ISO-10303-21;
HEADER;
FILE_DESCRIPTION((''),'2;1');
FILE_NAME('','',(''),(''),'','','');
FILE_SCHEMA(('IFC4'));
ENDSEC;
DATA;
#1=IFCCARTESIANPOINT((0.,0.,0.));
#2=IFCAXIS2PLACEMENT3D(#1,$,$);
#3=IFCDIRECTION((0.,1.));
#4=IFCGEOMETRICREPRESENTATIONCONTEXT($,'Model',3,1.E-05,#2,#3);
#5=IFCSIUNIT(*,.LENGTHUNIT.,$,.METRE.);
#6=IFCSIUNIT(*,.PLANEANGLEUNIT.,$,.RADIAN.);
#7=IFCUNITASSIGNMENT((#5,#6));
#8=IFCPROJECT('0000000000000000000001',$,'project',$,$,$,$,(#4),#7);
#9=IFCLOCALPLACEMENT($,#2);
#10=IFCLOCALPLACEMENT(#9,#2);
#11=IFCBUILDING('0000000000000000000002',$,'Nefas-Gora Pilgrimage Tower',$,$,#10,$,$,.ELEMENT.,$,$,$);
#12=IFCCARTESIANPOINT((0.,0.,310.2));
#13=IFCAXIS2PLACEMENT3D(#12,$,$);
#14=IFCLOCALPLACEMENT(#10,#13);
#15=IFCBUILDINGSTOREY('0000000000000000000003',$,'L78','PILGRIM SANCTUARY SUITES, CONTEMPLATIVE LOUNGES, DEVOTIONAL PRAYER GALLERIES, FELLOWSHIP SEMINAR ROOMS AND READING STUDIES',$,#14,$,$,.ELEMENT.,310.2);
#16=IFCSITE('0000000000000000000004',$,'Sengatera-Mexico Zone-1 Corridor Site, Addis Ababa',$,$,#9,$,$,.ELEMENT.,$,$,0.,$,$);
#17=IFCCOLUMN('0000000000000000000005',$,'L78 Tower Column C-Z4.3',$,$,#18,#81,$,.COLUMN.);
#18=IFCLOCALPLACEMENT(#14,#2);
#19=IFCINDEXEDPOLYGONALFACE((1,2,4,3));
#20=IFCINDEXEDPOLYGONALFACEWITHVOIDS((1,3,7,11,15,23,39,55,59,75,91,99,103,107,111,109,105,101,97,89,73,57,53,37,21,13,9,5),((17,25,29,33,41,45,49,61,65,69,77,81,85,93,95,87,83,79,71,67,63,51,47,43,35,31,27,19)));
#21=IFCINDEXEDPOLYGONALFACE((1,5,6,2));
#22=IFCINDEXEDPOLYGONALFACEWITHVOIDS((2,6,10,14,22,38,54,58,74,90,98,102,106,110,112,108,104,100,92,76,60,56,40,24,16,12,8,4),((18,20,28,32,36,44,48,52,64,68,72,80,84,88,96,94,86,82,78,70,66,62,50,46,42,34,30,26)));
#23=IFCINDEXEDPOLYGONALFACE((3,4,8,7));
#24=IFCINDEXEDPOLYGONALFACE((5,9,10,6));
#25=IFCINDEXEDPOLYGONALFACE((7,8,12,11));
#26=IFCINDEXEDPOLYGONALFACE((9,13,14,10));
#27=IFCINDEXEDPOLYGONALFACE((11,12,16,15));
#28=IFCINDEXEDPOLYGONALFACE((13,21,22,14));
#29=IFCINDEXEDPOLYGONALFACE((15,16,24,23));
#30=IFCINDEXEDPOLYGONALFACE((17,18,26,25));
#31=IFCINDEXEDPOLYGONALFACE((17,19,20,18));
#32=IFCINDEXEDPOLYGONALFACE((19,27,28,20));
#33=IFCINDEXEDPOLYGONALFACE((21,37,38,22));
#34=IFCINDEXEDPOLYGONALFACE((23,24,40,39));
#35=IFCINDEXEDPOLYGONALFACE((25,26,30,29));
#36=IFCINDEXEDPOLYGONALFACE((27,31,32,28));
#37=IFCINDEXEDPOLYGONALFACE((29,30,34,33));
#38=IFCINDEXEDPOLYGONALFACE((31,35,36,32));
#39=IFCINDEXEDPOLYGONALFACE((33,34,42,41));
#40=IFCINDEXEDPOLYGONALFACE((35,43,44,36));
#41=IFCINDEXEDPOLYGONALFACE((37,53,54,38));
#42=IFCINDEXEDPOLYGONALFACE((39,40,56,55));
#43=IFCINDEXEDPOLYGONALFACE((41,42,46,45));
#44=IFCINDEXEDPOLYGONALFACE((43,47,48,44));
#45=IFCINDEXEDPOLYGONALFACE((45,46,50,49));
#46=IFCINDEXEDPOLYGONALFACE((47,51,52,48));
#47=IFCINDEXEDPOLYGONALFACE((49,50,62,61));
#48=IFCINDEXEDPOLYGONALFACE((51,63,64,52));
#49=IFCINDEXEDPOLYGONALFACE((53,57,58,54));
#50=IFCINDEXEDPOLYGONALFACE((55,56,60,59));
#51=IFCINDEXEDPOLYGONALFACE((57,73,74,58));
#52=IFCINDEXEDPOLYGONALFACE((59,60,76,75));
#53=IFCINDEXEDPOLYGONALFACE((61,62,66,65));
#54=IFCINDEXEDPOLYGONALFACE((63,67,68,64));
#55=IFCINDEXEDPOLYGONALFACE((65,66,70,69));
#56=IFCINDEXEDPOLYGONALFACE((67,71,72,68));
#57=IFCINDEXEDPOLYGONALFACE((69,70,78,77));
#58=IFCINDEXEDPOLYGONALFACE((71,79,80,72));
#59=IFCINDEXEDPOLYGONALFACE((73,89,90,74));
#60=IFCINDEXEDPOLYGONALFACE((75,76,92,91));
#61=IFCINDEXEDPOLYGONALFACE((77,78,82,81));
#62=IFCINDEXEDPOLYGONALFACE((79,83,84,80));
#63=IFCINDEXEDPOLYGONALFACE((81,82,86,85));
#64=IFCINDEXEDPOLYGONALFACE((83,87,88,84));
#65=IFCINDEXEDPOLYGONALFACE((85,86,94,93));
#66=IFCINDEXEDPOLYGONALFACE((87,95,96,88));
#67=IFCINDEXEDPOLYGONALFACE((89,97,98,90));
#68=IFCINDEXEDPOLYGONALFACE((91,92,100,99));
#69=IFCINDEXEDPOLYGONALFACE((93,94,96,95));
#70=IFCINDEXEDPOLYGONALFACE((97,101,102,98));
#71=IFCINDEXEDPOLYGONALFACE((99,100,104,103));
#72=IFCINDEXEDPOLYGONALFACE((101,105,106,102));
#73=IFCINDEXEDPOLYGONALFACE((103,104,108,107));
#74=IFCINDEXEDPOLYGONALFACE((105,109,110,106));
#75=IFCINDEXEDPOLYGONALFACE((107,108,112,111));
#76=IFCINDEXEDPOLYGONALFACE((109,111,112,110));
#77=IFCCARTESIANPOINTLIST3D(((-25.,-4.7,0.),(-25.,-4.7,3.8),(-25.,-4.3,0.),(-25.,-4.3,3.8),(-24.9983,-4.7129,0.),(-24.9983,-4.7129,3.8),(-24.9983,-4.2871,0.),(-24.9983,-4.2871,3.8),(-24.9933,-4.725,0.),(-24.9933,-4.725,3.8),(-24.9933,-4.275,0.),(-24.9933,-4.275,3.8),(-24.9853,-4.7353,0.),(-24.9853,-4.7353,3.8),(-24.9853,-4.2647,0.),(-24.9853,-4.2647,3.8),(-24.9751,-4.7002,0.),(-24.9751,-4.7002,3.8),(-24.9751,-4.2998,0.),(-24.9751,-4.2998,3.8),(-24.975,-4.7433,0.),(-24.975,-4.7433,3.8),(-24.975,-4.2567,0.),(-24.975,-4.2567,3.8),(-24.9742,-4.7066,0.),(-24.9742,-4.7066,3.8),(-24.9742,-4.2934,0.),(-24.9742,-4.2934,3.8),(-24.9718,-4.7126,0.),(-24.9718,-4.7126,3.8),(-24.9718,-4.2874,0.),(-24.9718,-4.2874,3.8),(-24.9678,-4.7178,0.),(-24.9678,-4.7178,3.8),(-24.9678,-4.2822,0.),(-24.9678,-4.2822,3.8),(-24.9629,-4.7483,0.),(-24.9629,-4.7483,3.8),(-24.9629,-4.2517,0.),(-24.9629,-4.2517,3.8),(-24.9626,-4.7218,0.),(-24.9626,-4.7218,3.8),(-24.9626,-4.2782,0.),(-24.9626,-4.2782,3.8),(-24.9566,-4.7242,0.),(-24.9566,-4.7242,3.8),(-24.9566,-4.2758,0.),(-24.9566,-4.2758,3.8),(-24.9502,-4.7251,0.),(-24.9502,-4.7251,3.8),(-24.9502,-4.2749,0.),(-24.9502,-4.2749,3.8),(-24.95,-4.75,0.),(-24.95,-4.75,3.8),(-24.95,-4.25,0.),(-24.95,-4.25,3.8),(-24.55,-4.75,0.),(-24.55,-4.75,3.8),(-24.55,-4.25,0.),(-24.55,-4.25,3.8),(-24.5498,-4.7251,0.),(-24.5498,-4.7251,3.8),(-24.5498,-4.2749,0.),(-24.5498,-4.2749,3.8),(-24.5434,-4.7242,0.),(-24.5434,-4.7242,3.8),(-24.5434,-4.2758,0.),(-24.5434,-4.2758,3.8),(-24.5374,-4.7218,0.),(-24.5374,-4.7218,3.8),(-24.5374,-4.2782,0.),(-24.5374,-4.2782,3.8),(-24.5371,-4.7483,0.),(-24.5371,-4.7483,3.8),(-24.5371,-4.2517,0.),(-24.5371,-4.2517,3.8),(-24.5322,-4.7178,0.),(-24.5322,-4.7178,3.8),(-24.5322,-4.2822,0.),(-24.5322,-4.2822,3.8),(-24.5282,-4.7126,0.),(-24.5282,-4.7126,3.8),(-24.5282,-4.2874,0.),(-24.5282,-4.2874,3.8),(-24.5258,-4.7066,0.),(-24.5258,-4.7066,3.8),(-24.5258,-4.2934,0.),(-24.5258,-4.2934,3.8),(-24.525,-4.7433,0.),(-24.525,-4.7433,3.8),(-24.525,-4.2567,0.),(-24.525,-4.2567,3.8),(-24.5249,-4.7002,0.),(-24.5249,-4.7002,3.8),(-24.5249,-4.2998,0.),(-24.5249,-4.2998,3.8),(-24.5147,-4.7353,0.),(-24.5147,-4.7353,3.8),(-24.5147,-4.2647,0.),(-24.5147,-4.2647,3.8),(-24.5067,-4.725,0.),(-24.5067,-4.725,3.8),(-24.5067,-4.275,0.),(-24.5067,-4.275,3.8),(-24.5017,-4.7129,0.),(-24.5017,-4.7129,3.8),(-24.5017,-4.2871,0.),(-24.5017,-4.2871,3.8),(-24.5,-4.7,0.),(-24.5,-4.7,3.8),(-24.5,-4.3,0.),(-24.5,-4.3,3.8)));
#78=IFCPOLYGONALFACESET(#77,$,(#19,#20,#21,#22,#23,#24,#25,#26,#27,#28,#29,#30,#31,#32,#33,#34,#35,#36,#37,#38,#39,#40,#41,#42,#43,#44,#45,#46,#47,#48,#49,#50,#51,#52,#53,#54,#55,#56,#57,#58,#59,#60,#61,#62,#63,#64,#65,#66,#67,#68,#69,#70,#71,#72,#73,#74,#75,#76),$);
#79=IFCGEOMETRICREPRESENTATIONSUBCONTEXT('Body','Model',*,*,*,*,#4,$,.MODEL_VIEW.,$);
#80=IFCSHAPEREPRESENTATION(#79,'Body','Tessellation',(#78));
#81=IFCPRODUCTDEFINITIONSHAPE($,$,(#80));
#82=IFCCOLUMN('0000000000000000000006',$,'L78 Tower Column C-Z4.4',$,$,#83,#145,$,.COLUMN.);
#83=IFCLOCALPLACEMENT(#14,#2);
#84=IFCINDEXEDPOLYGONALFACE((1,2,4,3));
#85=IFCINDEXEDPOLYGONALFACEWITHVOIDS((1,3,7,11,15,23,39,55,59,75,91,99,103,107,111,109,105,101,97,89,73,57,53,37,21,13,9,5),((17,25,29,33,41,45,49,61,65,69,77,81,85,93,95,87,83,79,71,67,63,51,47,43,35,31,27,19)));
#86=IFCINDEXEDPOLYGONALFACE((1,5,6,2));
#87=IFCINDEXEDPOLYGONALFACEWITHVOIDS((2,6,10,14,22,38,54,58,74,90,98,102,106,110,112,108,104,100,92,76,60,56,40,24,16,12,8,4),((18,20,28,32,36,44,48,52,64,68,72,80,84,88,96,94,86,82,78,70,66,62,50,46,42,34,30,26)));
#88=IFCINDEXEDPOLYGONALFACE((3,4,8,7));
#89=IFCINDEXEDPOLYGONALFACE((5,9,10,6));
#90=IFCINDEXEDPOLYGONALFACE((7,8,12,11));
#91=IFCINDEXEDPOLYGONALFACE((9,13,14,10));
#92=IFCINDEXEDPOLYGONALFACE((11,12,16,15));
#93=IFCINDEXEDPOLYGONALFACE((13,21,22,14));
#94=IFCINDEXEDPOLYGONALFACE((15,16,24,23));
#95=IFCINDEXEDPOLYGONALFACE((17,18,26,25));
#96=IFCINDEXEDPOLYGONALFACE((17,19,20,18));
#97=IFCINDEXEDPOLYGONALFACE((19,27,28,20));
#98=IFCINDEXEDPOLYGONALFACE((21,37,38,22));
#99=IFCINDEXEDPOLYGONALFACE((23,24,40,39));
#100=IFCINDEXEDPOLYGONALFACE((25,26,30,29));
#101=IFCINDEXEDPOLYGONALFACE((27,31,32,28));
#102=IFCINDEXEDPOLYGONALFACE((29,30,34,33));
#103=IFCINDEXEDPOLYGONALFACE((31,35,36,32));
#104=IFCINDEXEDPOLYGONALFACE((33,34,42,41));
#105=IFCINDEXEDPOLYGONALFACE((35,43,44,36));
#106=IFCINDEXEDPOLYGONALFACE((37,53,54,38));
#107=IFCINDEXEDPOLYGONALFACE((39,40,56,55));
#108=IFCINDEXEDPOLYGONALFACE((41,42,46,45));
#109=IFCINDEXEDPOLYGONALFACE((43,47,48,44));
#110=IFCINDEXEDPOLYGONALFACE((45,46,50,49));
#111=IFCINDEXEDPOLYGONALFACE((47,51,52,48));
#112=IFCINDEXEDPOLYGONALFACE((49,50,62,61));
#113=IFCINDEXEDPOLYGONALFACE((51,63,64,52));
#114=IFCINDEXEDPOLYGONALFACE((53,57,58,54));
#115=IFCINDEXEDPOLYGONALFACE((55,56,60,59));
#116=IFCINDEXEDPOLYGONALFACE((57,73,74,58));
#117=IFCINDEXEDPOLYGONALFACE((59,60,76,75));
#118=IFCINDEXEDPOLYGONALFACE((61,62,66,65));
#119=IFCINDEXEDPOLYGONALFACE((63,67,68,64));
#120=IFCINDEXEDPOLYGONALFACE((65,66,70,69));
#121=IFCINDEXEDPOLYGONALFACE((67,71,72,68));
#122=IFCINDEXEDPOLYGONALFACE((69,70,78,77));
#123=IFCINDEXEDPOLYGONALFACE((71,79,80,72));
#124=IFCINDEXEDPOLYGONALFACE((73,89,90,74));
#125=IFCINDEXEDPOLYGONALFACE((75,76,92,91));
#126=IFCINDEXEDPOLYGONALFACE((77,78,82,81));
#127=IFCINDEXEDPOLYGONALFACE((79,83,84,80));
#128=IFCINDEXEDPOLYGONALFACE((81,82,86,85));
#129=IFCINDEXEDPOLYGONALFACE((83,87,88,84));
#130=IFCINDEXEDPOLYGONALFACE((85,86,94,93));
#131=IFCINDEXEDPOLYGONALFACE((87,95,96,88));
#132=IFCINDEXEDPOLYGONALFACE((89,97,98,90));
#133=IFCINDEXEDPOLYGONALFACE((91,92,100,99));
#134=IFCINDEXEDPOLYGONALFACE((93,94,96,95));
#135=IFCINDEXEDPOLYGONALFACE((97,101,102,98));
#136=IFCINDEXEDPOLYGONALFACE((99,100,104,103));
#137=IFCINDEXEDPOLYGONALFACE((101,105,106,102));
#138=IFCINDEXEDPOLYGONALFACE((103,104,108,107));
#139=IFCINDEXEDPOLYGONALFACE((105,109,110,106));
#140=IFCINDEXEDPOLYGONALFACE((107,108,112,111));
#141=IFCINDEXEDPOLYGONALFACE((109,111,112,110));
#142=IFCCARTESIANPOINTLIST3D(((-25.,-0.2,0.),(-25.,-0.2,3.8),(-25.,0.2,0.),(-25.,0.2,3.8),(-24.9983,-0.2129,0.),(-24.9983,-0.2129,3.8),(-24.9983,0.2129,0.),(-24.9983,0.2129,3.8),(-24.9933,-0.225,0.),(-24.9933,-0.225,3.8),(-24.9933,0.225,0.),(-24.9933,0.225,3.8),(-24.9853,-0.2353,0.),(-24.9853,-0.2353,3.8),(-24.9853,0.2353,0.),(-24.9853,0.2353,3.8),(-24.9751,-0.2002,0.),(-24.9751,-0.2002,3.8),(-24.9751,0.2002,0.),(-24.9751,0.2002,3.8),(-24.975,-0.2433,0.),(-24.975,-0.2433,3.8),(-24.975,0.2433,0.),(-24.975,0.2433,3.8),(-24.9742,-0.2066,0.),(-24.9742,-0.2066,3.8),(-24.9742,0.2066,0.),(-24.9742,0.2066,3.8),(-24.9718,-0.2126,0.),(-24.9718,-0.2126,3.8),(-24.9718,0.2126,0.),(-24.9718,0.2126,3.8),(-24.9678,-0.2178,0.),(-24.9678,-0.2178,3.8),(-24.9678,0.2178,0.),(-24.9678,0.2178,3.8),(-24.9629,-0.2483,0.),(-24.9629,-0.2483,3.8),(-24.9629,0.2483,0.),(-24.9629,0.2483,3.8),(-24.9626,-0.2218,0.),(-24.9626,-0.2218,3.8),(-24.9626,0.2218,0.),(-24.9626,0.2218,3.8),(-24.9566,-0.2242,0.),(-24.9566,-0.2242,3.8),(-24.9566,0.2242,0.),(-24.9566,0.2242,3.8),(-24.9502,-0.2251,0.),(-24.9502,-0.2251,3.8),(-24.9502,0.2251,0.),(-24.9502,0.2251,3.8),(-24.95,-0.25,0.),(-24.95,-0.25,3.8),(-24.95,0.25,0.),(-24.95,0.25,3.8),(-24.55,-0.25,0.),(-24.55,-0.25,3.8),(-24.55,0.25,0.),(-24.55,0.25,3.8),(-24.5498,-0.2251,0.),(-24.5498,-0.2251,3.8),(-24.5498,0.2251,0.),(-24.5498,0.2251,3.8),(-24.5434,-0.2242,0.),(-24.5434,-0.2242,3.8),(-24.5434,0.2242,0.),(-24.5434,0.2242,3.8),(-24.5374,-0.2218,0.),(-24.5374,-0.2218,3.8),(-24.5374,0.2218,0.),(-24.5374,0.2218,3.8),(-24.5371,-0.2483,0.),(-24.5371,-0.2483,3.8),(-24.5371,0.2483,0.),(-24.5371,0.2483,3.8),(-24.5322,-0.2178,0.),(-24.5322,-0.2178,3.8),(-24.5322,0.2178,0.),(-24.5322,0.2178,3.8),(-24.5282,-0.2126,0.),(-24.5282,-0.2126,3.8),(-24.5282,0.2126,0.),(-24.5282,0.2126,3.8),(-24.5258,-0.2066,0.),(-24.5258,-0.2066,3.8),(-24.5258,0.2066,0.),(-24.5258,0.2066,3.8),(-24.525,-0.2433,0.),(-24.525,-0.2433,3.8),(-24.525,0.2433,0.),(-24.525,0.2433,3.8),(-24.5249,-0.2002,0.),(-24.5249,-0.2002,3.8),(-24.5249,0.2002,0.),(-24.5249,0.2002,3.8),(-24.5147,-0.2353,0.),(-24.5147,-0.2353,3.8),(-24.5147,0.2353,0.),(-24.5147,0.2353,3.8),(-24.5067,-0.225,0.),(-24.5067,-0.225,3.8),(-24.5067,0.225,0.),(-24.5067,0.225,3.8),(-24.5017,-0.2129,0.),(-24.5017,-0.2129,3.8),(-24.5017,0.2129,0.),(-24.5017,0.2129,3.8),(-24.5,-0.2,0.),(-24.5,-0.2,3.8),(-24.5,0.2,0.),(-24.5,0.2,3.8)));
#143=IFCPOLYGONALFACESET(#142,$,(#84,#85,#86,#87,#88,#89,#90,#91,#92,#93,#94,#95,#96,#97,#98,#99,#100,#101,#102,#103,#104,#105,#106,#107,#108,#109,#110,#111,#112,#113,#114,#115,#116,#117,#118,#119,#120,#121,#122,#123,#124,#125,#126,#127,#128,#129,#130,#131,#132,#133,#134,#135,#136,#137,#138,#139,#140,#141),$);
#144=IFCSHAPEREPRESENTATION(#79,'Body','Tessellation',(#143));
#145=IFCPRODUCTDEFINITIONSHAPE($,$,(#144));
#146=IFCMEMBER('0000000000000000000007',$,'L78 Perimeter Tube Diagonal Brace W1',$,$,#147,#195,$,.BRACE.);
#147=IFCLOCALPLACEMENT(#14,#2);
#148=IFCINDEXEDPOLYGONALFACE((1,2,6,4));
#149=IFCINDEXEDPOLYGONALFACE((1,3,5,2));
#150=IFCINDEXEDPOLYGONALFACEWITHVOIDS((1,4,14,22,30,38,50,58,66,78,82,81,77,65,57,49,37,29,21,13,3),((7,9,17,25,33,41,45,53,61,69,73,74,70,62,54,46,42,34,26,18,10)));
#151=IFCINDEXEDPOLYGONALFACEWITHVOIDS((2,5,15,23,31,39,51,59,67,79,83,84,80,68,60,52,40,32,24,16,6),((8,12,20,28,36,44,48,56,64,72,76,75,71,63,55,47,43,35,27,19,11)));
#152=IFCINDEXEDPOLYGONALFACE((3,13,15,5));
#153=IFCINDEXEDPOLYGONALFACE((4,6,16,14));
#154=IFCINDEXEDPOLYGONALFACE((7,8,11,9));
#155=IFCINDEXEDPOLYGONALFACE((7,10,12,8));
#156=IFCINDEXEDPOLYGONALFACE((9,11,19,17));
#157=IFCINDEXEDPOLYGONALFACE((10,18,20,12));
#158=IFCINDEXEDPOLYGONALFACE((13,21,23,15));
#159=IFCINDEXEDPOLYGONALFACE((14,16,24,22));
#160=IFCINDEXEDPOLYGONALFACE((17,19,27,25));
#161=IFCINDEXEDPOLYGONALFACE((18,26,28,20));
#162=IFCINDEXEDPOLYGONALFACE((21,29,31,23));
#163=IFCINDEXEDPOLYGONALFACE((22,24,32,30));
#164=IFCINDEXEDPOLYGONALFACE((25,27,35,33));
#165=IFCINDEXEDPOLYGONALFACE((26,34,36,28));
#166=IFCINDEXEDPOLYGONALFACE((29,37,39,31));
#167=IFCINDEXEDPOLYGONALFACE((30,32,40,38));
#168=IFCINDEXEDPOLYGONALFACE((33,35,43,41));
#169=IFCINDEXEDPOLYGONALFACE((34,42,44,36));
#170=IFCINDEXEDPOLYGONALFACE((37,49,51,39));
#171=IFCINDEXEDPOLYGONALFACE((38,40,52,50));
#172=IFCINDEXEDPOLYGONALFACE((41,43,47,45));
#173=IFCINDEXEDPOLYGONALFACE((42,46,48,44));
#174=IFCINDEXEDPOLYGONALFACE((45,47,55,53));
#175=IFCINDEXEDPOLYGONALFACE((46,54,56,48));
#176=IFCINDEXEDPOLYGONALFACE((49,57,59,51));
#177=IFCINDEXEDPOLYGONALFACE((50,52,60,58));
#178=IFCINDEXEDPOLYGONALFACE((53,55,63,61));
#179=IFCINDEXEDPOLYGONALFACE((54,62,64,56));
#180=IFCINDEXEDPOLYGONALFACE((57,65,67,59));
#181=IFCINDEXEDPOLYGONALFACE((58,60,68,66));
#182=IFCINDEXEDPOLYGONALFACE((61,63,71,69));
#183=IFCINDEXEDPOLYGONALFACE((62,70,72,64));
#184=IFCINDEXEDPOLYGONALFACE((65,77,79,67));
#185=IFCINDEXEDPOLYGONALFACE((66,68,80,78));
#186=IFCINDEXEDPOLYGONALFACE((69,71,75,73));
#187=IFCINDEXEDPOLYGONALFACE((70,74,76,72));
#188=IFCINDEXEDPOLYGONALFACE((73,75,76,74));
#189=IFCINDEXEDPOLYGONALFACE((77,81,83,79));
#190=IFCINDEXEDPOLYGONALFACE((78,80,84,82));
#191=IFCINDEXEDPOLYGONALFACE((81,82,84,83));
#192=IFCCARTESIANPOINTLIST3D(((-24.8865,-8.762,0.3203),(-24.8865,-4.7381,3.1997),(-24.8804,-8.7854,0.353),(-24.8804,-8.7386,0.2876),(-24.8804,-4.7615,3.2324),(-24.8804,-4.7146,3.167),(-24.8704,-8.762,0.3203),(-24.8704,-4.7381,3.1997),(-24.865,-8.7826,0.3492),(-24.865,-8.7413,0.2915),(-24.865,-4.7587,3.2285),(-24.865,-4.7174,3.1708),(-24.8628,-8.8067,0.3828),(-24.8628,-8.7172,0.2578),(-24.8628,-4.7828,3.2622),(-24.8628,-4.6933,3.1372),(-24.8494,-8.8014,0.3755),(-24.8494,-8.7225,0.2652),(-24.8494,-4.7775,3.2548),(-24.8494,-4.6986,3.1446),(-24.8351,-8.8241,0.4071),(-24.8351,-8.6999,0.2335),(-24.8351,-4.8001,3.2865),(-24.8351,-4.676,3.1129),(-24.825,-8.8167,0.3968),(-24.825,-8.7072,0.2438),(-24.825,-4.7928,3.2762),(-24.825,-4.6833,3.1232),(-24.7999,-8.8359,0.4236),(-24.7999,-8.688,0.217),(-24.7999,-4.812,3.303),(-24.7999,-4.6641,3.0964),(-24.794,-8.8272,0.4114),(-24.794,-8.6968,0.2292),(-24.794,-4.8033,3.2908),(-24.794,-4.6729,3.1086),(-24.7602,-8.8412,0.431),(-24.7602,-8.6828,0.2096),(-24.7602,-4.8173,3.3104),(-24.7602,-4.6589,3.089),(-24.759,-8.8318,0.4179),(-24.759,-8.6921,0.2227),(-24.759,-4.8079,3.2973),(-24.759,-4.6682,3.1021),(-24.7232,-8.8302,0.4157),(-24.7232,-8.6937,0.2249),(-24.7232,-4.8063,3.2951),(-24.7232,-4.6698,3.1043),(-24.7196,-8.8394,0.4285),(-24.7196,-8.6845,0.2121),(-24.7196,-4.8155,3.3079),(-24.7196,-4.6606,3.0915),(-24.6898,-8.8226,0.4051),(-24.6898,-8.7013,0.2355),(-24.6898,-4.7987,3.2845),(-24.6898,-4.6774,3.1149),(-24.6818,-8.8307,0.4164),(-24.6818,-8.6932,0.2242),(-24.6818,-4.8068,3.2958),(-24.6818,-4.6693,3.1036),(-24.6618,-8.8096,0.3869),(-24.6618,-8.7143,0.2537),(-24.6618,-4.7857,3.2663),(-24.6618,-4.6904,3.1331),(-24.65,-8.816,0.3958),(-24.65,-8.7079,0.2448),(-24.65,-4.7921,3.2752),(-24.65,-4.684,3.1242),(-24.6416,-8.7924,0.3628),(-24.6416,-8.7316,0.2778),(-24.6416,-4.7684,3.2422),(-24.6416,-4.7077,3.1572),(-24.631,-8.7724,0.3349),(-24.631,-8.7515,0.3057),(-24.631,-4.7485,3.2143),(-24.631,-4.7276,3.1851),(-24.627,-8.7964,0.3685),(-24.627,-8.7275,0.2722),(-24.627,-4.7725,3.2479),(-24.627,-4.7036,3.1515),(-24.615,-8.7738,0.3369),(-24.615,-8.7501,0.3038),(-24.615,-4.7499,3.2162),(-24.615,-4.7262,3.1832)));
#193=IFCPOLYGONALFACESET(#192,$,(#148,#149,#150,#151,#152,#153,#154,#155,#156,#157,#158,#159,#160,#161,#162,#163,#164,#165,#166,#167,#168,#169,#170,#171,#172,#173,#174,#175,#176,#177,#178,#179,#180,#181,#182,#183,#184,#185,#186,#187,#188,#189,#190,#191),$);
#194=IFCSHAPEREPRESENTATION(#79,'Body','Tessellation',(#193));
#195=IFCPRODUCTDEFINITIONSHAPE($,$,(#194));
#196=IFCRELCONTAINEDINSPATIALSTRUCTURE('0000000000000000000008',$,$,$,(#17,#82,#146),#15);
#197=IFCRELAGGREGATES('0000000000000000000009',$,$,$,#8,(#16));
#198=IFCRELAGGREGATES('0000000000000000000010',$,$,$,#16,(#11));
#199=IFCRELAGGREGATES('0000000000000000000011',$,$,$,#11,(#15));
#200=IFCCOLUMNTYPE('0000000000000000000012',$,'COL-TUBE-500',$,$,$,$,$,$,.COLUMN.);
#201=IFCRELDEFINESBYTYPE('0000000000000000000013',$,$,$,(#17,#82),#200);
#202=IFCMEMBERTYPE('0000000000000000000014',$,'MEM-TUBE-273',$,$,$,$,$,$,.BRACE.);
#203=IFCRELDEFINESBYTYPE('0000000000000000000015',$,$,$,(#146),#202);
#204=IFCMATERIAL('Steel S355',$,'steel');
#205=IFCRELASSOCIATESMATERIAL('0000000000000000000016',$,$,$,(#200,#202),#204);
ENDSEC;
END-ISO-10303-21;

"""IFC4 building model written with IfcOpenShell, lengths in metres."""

from ifc_helpers import new_model, si_unit, direction, frame, origin, origin_2d, place, context, subcontext, project, spatial, hollow_rectangle, hollow_circle, extrude, source, transform, mapped, material, material_profile, profile_set, type_object, element, save


model = new_model("IFC4")

# Units and contexts
model_context = context("Model", 3, precision=1e-05, world=origin(), true_north=direction((0.0, 1.0)))
body_context = subcontext(model_context, "Body", "Model", "MODEL_VIEW")
ifc_project = project(units=[si_unit("LENGTHUNIT", "METRE"), si_unit("PLANEANGLEUNIT", "RADIAN")], contexts=[model_context])

# Site, building, storey
site_placement = place(None, origin())
site = spatial("IfcSite", under=ifc_project, at=site_placement, Name="Sengatera-Mexico Zone-1 Corridor Site, Addis Ababa", CompositionType="ELEMENT", RefElevation=0.0)
building_placement = place(site_placement, origin())
building = spatial("IfcBuilding", under=site, at=building_placement, Name="Nefas-Gora Pilgrimage Tower", CompositionType="ELEMENT")
storey_placement = place(building_placement, frame((0.0, 0.0, 310.2)))
storey = spatial("IfcBuildingStorey", under=building, at=storey_placement, Name="L78", Description="PILGRIM SANCTUARY SUITES, CONTEMPLATIVE LOUNGES, DEVOTIONAL PRAYER GALLERIES, FELLOWSHIP SEMINAR ROOMS AND READING STUDIES", CompositionType="ELEMENT", Elevation=310.2)

# Columns
ifc_material_1 = material(Name="Steel S355", Category="steel")
ifc_material_profile_1 = material_profile(ifc_material_1, hollow_rectangle(XDim=0.5, YDim=0.5, WallThickness=0.0249, InnerFilletRadius=0.0249, OuterFilletRadius=0.05, at=origin_2d()), Name="SHS 500x500x25")
ifc_profile_set_1 = profile_set([ifc_material_profile_1], Name="Steel S355")
column_type_1 = type_object("IfcColumnType", Name="COL-TUBE-500", PredefinedType="COLUMN", material=ifc_profile_set_1)
shared_shape_1 = source(origin(), body_context, "Body", "SweptSolid", [
    extrude(hollow_rectangle(XDim=0.5, YDim=0.5, WallThickness=0.0249, InnerFilletRadius=0.0249, OuterFilletRadius=0.05, at=origin_2d()), origin(), (0.0, 0.0, 1.0), 3.8),
])
for number, where, z_axis, x_axis, name in (
    (1, (-24.75, -4.5, 0.0), (0.0, 0.0, 1.0), (1.0, 0.0, 0.0), "L78 Tower Column C-Z4.3"),
    (2, (-24.75, 0.0, 0.0), (0.0, 0.0, 1.0), (1.0, 0.0, 0.0), "L78 Tower Column C-Z4.4"),
):
    element("IfcColumn", number, at=place(storey_placement, frame(where, z_axis=z_axis, x_axis=x_axis)), inside=storey, type_object=column_type_1, Name=name, PredefinedType="COLUMN", context=body_context, shape_type="MappedRepresentation", body=[
        mapped(shared_shape_1, transform((0.0, 0.0, 0.0), x_axis=(1.0, 0.0, 0.0), y_axis=(0.0, 1.0, 0.0), z_axis=(0.0, 0.0, 1.0), scale=1.0)),
    ])

# Member
ifc_material_profile_2 = material_profile(ifc_material_1, hollow_circle(Radius=0.1365, WallThickness=0.0161, at=origin_2d()), Name="CHS 273x16")
ifc_profile_set_2 = profile_set([ifc_material_profile_2], Name="Steel S355")
member_type_1 = type_object("IfcMemberType", Name="MEM-TUBE-273", PredefinedType="BRACE", material=ifc_profile_set_2)
shared_shape_2 = source(origin(), body_context, "Body", "SweptSolid", [
    extrude(hollow_circle(Radius=0.1365, WallThickness=0.0161, at=origin_2d()), origin(), (0.0, 0.0, 1.0), 4.948),
])
member_1_placement = place(storey_placement, frame((-24.75, -8.762, 0.3203), z_axis=(0.0, 0.81324, 0.581929), x_axis=(-1.0, 0.0, 0.0)))
element("IfcMember", 3, at=member_1_placement, inside=storey, type_object=member_type_1, Name="L78 Perimeter Tube Diagonal Brace W1", PredefinedType="BRACE", context=body_context, shape_type="MappedRepresentation", body=[
    mapped(shared_shape_2, transform((0.0, 0.0, 0.0), x_axis=(1.0, 0.0, 0.0), y_axis=(0.0, 1.0, 0.0), z_axis=(0.0, 0.0, 1.0), scale=1.0)),
])

save(model, "model.ifc")
